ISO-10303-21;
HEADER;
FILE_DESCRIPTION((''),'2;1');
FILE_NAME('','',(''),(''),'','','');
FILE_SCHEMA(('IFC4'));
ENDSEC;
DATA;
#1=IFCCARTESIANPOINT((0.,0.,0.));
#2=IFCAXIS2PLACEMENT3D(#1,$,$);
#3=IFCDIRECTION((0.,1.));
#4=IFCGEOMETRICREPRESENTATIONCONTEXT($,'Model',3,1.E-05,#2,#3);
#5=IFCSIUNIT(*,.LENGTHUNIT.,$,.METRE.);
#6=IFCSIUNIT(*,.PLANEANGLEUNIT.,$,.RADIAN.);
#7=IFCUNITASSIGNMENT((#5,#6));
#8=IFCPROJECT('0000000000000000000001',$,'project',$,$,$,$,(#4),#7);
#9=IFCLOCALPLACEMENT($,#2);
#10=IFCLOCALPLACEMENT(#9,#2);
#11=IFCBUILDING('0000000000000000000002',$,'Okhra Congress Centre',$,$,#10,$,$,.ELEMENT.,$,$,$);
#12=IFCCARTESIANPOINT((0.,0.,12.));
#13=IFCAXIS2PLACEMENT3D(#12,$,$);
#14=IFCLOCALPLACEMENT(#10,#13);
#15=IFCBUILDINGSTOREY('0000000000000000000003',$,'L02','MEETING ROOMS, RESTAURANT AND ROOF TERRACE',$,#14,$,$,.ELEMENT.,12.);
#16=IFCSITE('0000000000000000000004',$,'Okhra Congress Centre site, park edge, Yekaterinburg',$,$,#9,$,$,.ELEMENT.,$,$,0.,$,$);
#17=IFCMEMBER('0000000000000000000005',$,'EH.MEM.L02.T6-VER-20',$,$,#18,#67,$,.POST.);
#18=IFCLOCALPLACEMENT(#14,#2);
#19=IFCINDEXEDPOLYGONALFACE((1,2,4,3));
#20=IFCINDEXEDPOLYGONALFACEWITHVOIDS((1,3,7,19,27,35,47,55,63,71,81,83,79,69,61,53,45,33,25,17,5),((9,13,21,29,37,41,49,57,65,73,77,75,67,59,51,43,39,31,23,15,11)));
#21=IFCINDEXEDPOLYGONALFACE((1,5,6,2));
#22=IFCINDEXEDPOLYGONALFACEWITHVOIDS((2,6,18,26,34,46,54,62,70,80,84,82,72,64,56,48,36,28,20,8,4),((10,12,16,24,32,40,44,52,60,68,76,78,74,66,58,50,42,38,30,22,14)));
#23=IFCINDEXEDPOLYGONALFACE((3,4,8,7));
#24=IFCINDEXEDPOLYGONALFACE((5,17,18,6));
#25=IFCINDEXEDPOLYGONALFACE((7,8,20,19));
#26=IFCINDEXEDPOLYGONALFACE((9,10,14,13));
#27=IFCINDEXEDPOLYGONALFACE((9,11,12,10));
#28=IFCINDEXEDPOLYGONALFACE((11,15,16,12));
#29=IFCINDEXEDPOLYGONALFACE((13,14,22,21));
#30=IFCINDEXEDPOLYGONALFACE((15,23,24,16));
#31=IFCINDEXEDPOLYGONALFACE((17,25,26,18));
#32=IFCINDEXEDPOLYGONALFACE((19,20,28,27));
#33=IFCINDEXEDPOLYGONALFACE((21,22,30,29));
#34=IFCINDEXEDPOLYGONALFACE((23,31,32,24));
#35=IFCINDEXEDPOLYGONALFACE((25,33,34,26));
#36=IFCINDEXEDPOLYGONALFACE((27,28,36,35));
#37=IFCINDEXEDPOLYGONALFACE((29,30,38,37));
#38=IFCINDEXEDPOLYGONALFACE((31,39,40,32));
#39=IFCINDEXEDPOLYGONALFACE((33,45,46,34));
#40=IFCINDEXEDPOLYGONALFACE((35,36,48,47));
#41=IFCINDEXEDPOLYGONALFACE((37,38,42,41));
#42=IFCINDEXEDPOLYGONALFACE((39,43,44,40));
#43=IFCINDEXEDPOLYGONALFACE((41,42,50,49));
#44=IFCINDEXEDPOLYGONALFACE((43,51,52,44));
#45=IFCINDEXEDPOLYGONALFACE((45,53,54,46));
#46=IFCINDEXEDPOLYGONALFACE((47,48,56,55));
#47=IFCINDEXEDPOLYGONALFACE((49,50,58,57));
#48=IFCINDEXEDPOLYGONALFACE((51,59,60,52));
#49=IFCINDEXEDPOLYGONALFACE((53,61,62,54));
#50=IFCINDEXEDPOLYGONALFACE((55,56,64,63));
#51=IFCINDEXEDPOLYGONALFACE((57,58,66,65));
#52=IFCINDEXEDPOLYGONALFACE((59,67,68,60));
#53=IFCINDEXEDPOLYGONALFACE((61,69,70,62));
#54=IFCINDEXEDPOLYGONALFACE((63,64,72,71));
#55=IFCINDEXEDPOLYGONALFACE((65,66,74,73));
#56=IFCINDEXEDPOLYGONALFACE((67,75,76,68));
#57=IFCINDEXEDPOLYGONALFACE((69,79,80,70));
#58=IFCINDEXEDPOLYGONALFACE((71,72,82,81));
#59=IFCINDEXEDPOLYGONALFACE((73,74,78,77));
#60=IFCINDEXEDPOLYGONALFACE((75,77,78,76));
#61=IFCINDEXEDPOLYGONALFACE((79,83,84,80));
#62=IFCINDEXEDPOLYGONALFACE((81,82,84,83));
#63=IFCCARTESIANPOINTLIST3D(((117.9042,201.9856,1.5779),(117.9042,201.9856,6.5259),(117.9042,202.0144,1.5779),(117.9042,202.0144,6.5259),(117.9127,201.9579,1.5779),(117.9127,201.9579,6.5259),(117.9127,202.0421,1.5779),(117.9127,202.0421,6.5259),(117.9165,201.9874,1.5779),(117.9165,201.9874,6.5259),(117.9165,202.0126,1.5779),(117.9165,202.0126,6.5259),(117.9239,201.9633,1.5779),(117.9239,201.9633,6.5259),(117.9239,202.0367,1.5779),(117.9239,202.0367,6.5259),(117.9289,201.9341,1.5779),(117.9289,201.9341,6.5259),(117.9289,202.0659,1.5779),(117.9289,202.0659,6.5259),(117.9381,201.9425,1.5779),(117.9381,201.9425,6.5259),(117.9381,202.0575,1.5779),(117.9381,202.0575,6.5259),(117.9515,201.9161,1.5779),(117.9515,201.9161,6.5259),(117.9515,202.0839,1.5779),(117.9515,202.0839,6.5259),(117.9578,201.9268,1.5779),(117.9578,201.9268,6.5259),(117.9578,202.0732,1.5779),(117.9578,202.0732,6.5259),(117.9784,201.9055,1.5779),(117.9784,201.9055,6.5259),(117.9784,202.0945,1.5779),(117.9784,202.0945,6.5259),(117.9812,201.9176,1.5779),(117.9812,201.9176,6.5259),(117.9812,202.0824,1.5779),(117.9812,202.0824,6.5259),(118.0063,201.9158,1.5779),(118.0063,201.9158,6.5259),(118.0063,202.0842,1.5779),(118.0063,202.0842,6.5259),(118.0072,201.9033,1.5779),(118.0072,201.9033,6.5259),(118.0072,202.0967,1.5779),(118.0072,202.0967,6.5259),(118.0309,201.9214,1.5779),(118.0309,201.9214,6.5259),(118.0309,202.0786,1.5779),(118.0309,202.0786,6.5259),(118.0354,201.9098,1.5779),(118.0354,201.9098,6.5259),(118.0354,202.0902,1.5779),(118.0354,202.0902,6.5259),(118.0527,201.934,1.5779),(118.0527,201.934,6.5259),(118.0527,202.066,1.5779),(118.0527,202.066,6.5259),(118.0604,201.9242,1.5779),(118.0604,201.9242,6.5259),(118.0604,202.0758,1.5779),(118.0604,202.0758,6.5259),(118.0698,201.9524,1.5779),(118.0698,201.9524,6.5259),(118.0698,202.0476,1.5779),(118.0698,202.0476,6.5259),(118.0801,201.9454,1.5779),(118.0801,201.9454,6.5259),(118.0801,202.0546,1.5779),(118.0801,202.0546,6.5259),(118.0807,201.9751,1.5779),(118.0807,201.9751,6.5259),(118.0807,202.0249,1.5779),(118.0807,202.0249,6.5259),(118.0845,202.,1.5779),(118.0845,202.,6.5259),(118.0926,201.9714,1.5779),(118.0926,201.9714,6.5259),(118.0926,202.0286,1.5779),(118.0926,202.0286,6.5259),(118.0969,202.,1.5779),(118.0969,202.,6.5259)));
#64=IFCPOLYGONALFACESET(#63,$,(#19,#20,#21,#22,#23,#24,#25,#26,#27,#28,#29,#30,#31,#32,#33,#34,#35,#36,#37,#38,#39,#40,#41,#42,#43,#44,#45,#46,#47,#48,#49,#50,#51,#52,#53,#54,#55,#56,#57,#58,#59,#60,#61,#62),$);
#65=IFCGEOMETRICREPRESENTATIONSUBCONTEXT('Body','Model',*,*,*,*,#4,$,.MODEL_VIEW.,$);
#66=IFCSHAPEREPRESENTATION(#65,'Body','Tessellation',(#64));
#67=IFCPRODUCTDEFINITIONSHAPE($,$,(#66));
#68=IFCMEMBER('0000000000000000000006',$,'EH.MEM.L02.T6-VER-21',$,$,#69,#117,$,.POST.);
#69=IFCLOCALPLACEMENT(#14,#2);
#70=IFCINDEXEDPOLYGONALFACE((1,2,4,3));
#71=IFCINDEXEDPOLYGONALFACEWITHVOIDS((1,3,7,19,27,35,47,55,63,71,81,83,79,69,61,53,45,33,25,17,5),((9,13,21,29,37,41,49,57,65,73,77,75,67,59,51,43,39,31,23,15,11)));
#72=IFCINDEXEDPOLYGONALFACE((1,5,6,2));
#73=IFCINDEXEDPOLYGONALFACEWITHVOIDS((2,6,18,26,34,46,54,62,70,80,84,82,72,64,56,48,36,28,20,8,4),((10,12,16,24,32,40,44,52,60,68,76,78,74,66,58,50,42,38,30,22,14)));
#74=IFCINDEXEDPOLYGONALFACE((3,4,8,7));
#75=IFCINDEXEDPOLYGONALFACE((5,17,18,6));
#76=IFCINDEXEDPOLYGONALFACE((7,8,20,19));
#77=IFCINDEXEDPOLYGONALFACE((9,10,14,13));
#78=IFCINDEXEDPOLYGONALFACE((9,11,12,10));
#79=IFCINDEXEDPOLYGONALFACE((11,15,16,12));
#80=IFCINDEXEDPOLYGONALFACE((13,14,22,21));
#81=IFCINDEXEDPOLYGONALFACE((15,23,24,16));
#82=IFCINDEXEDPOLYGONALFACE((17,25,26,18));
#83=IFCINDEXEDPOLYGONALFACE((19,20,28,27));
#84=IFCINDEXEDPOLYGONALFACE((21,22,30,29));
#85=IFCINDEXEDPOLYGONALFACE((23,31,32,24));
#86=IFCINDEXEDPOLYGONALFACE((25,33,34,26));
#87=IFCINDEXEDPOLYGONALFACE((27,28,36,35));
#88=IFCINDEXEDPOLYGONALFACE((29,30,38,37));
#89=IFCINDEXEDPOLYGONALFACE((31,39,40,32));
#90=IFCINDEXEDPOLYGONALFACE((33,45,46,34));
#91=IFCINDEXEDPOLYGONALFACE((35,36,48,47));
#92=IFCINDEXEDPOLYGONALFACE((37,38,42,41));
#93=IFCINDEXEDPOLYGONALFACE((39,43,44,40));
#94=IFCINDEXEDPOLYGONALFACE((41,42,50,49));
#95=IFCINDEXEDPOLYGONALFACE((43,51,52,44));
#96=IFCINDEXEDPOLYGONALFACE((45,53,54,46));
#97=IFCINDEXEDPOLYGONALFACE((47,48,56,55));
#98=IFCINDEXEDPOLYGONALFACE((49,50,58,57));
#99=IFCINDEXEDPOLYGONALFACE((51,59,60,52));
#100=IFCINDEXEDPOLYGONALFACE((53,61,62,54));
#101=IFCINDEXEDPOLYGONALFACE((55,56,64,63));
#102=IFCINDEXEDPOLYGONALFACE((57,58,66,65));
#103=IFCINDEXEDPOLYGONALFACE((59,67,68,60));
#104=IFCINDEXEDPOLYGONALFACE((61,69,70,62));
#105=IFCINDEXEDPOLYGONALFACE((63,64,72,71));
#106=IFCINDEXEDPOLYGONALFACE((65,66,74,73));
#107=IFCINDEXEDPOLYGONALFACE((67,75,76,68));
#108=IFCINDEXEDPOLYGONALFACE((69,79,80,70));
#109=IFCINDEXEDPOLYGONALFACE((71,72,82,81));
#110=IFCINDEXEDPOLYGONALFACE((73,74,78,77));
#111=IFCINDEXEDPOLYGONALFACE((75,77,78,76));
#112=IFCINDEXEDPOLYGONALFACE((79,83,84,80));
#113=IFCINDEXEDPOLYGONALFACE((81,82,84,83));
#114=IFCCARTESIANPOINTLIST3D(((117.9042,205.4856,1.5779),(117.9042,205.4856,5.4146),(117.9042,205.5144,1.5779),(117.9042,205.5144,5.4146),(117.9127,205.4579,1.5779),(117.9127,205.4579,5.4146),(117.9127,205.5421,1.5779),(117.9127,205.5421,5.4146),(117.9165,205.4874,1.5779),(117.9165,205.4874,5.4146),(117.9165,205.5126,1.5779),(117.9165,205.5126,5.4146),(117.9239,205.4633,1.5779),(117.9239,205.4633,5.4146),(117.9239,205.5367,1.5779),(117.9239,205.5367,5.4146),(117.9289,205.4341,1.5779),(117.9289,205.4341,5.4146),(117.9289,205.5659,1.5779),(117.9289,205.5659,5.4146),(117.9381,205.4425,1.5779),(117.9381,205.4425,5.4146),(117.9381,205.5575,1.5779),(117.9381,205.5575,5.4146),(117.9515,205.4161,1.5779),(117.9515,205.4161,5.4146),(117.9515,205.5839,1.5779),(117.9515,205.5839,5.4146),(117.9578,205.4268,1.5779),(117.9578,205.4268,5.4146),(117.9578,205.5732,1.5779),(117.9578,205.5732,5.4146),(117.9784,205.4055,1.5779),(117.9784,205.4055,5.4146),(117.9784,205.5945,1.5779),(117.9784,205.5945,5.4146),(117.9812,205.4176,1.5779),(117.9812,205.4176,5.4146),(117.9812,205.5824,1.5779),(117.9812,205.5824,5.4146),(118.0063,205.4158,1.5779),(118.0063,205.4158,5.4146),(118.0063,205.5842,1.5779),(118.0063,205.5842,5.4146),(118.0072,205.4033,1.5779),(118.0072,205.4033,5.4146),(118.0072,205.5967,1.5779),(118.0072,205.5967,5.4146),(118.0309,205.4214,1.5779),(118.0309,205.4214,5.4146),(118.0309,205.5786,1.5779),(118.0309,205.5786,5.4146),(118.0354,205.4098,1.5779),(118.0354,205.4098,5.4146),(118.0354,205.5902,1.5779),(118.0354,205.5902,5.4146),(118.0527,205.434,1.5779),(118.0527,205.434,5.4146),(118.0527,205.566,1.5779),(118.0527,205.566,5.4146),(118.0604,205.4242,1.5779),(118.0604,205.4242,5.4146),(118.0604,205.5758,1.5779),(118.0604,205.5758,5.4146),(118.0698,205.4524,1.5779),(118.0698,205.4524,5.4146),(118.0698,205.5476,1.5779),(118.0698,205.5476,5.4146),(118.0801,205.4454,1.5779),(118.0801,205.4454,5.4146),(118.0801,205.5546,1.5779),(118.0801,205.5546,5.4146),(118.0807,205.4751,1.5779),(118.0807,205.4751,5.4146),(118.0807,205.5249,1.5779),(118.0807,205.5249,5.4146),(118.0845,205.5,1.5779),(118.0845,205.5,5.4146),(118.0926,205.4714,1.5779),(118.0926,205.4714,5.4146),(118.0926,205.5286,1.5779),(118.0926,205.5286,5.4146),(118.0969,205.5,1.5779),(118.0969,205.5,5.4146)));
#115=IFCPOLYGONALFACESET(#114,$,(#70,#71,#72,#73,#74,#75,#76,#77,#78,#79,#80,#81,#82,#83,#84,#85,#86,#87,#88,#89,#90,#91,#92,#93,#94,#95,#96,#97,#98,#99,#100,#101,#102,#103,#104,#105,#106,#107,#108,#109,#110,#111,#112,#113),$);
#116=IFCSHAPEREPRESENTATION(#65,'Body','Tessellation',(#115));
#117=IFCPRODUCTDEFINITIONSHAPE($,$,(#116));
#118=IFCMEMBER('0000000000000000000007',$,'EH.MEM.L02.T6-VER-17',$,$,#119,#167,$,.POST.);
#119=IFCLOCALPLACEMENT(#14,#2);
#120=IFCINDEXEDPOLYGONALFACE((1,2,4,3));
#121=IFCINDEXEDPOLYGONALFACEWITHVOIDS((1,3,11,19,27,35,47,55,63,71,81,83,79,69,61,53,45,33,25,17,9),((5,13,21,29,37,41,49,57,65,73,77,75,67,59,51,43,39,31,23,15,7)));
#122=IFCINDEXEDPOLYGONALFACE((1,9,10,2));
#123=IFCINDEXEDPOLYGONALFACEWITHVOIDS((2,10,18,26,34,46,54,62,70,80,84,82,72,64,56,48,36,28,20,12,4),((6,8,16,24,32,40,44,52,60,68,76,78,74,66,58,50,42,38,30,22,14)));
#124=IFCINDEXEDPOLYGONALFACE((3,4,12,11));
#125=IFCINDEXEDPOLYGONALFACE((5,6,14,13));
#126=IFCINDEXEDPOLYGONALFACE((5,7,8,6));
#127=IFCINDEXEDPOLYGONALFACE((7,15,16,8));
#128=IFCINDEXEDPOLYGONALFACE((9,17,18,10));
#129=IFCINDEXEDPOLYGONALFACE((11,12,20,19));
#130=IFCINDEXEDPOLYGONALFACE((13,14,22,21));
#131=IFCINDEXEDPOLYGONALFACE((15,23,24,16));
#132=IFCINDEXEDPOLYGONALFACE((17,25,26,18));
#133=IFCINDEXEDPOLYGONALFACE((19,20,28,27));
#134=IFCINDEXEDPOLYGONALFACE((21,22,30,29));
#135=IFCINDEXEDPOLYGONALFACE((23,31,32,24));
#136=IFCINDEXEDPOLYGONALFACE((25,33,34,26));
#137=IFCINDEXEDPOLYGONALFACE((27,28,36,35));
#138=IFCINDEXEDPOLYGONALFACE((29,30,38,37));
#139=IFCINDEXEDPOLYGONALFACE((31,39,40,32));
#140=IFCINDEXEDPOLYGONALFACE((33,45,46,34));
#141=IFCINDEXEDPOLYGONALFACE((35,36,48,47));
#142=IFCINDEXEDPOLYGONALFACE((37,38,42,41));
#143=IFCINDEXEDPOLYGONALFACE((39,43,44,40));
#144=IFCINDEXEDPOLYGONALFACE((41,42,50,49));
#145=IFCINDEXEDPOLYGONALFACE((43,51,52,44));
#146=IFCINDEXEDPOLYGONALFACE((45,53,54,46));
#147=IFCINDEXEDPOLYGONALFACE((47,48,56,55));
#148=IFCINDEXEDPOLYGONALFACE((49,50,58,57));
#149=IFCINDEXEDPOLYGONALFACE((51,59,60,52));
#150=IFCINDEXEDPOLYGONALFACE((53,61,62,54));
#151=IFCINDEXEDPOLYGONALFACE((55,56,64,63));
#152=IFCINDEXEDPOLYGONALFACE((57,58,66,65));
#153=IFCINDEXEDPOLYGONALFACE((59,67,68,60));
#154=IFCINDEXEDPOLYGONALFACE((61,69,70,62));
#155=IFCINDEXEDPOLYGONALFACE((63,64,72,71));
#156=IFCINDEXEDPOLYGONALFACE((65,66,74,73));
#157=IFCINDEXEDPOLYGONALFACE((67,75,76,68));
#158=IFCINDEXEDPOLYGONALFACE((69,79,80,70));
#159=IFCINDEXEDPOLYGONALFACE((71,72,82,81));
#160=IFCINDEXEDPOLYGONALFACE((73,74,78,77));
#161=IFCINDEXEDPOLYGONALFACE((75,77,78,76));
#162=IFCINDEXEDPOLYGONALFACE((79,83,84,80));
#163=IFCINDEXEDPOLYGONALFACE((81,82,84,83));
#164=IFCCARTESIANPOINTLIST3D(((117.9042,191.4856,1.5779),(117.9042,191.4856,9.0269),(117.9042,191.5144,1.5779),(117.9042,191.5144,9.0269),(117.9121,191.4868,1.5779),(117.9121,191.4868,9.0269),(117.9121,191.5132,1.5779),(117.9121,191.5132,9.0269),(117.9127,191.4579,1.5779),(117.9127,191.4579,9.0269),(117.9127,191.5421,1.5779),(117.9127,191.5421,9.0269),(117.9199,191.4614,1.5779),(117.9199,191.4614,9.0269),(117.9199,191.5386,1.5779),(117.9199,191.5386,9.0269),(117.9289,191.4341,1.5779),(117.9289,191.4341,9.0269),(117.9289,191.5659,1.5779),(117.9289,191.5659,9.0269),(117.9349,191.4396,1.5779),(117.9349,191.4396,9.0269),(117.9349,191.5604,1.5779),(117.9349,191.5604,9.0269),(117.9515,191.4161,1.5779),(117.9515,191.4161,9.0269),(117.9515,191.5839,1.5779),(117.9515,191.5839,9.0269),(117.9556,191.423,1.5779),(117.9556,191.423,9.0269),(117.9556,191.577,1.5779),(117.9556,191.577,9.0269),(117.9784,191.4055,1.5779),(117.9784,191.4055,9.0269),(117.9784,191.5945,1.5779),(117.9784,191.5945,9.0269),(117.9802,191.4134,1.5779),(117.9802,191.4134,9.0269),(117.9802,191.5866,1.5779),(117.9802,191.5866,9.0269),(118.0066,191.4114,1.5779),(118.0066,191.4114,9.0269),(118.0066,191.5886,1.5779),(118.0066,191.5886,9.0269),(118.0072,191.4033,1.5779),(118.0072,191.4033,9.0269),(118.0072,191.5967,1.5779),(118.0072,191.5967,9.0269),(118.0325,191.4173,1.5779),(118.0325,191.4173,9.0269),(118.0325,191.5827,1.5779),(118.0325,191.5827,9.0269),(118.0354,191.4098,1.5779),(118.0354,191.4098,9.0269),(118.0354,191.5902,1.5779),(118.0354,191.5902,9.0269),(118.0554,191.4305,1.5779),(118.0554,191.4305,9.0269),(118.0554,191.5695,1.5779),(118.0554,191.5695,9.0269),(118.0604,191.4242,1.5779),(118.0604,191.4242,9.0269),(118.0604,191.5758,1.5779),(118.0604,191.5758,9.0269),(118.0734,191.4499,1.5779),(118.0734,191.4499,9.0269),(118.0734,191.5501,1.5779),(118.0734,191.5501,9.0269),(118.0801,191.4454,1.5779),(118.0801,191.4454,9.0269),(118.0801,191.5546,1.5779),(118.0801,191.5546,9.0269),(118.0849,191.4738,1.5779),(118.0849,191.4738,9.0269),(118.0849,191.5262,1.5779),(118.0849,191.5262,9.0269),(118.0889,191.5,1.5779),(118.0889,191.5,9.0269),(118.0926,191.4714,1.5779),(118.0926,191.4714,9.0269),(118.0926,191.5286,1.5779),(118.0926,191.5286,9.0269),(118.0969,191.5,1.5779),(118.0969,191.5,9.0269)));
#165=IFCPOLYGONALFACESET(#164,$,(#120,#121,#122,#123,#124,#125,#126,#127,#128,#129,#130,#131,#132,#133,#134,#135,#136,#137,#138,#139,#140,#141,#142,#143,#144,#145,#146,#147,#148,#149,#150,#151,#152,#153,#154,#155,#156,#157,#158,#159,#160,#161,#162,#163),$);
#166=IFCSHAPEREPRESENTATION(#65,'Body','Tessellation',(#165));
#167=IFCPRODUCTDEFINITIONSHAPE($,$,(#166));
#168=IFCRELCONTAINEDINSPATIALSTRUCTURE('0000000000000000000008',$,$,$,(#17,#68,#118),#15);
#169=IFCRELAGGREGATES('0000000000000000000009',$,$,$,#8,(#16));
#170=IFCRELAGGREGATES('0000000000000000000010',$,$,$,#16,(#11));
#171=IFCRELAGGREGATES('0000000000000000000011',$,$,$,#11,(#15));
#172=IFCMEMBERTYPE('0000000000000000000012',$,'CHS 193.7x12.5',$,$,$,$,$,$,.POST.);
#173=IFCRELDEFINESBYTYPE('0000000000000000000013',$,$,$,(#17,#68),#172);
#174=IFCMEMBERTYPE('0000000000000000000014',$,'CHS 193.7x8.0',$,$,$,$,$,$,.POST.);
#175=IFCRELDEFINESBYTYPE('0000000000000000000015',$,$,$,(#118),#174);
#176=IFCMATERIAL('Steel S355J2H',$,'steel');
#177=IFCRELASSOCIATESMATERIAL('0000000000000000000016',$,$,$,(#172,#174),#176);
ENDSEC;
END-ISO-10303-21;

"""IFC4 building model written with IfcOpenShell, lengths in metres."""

from ifc_helpers import new_model, si_unit, direction, frame, origin, origin_2d, place, context, subcontext, project, spatial, hollow_circle, extrude, material, material_profile, profile_set, type_object, element, save


model = new_model("IFC4")

# Units and contexts
model_context = context("Model", 3, precision=1e-05, world=origin(), true_north=direction((0.0, 1.0)))
body_context = subcontext(model_context, "Body", "Model", "MODEL_VIEW")
ifc_project = project(units=[si_unit("LENGTHUNIT", "METRE"), si_unit("PLANEANGLEUNIT", "RADIAN")], contexts=[model_context])

# Site, building, storey
site_placement = place(None, origin())
site = spatial("IfcSite", under=ifc_project, at=site_placement, Name="Okhra Congress Centre site, park edge, Yekaterinburg", CompositionType="ELEMENT", RefElevation=0.0)
building_placement = place(site_placement, origin())
building = spatial("IfcBuilding", under=site, at=building_placement, Name="Okhra Congress Centre", CompositionType="ELEMENT")
storey_placement = place(building_placement, frame((0.0, 0.0, 12.0)))
storey = spatial("IfcBuildingStorey", under=building, at=storey_placement, Name="L02", Description="MEETING ROOMS, RESTAURANT AND ROOF TERRACE", CompositionType="ELEMENT", Elevation=12.0)

# Members
ifc_material_1 = material(Name="Steel S355J2H", Category="steel")
ifc_material_profile_1 = material_profile(ifc_material_1, hollow_circle(Radius=0.0969, WallThickness=0.0125, at=origin_2d()), Name="CHS 193.7x12.5")
ifc_profile_set_1 = profile_set([ifc_material_profile_1], Name="Steel S355J2H")
member_type_1 = type_object("IfcMemberType", Name="CHS 193.7x12.5", PredefinedType="POST", material=ifc_profile_set_1)
member_1_placement = place(storey_placement, frame((118.0, 202.0, 1.5779), z_axis=(0.0, 0.0, 1.0), x_axis=(1.0, 0.0, 0.0)))
element("IfcMember", 1, at=member_1_placement, inside=storey, type_object=member_type_1, Name="EH.MEM.L02.T6-VER-20", PredefinedType="POST", context=body_context, shape_type="SweptSolid", body=[
    extrude(hollow_circle(Radius=0.0969, WallThickness=0.0125, at=origin_2d()), origin(), (0.0, 0.0, 1.0), 4.948),
])
member_2_placement = place(storey_placement, frame((118.0, 205.5, 1.5779), z_axis=(0.0, 0.0, 1.0), x_axis=(1.0, 0.0, 0.0)))
element("IfcMember", 2, at=member_2_placement, inside=storey, type_object=member_type_1, Name="EH.MEM.L02.T6-VER-21", PredefinedType="POST", context=body_context, shape_type="SweptSolid", body=[
    extrude(hollow_circle(Radius=0.0969, WallThickness=0.0125, at=origin_2d()), origin(), (0.0, 0.0, 1.0), 3.8367),
])
ifc_material_profile_2 = material_profile(ifc_material_1, hollow_circle(Radius=0.0969, WallThickness=0.0081, at=origin_2d()), Name="CHS 193.7x8.0")
ifc_profile_set_2 = profile_set([ifc_material_profile_2], Name="Steel S355J2H")
member_type_2 = type_object("IfcMemberType", Name="CHS 193.7x8.0", PredefinedType="POST", material=ifc_profile_set_2)
member_3_placement = place(storey_placement, frame((118.0, 191.5, 1.5779), z_axis=(0.0, 0.0, 1.0), x_axis=(1.0, 0.0, 0.0)))
element("IfcMember", 3, at=member_3_placement, inside=storey, type_object=member_type_2, Name="EH.MEM.L02.T6-VER-17", PredefinedType="POST", context=body_context, shape_type="SweptSolid", body=[
    extrude(hollow_circle(Radius=0.0969, WallThickness=0.0081, at=origin_2d()), origin(), (0.0, 0.0, 1.0), 7.449),
])

save(model, "model.ifc")
